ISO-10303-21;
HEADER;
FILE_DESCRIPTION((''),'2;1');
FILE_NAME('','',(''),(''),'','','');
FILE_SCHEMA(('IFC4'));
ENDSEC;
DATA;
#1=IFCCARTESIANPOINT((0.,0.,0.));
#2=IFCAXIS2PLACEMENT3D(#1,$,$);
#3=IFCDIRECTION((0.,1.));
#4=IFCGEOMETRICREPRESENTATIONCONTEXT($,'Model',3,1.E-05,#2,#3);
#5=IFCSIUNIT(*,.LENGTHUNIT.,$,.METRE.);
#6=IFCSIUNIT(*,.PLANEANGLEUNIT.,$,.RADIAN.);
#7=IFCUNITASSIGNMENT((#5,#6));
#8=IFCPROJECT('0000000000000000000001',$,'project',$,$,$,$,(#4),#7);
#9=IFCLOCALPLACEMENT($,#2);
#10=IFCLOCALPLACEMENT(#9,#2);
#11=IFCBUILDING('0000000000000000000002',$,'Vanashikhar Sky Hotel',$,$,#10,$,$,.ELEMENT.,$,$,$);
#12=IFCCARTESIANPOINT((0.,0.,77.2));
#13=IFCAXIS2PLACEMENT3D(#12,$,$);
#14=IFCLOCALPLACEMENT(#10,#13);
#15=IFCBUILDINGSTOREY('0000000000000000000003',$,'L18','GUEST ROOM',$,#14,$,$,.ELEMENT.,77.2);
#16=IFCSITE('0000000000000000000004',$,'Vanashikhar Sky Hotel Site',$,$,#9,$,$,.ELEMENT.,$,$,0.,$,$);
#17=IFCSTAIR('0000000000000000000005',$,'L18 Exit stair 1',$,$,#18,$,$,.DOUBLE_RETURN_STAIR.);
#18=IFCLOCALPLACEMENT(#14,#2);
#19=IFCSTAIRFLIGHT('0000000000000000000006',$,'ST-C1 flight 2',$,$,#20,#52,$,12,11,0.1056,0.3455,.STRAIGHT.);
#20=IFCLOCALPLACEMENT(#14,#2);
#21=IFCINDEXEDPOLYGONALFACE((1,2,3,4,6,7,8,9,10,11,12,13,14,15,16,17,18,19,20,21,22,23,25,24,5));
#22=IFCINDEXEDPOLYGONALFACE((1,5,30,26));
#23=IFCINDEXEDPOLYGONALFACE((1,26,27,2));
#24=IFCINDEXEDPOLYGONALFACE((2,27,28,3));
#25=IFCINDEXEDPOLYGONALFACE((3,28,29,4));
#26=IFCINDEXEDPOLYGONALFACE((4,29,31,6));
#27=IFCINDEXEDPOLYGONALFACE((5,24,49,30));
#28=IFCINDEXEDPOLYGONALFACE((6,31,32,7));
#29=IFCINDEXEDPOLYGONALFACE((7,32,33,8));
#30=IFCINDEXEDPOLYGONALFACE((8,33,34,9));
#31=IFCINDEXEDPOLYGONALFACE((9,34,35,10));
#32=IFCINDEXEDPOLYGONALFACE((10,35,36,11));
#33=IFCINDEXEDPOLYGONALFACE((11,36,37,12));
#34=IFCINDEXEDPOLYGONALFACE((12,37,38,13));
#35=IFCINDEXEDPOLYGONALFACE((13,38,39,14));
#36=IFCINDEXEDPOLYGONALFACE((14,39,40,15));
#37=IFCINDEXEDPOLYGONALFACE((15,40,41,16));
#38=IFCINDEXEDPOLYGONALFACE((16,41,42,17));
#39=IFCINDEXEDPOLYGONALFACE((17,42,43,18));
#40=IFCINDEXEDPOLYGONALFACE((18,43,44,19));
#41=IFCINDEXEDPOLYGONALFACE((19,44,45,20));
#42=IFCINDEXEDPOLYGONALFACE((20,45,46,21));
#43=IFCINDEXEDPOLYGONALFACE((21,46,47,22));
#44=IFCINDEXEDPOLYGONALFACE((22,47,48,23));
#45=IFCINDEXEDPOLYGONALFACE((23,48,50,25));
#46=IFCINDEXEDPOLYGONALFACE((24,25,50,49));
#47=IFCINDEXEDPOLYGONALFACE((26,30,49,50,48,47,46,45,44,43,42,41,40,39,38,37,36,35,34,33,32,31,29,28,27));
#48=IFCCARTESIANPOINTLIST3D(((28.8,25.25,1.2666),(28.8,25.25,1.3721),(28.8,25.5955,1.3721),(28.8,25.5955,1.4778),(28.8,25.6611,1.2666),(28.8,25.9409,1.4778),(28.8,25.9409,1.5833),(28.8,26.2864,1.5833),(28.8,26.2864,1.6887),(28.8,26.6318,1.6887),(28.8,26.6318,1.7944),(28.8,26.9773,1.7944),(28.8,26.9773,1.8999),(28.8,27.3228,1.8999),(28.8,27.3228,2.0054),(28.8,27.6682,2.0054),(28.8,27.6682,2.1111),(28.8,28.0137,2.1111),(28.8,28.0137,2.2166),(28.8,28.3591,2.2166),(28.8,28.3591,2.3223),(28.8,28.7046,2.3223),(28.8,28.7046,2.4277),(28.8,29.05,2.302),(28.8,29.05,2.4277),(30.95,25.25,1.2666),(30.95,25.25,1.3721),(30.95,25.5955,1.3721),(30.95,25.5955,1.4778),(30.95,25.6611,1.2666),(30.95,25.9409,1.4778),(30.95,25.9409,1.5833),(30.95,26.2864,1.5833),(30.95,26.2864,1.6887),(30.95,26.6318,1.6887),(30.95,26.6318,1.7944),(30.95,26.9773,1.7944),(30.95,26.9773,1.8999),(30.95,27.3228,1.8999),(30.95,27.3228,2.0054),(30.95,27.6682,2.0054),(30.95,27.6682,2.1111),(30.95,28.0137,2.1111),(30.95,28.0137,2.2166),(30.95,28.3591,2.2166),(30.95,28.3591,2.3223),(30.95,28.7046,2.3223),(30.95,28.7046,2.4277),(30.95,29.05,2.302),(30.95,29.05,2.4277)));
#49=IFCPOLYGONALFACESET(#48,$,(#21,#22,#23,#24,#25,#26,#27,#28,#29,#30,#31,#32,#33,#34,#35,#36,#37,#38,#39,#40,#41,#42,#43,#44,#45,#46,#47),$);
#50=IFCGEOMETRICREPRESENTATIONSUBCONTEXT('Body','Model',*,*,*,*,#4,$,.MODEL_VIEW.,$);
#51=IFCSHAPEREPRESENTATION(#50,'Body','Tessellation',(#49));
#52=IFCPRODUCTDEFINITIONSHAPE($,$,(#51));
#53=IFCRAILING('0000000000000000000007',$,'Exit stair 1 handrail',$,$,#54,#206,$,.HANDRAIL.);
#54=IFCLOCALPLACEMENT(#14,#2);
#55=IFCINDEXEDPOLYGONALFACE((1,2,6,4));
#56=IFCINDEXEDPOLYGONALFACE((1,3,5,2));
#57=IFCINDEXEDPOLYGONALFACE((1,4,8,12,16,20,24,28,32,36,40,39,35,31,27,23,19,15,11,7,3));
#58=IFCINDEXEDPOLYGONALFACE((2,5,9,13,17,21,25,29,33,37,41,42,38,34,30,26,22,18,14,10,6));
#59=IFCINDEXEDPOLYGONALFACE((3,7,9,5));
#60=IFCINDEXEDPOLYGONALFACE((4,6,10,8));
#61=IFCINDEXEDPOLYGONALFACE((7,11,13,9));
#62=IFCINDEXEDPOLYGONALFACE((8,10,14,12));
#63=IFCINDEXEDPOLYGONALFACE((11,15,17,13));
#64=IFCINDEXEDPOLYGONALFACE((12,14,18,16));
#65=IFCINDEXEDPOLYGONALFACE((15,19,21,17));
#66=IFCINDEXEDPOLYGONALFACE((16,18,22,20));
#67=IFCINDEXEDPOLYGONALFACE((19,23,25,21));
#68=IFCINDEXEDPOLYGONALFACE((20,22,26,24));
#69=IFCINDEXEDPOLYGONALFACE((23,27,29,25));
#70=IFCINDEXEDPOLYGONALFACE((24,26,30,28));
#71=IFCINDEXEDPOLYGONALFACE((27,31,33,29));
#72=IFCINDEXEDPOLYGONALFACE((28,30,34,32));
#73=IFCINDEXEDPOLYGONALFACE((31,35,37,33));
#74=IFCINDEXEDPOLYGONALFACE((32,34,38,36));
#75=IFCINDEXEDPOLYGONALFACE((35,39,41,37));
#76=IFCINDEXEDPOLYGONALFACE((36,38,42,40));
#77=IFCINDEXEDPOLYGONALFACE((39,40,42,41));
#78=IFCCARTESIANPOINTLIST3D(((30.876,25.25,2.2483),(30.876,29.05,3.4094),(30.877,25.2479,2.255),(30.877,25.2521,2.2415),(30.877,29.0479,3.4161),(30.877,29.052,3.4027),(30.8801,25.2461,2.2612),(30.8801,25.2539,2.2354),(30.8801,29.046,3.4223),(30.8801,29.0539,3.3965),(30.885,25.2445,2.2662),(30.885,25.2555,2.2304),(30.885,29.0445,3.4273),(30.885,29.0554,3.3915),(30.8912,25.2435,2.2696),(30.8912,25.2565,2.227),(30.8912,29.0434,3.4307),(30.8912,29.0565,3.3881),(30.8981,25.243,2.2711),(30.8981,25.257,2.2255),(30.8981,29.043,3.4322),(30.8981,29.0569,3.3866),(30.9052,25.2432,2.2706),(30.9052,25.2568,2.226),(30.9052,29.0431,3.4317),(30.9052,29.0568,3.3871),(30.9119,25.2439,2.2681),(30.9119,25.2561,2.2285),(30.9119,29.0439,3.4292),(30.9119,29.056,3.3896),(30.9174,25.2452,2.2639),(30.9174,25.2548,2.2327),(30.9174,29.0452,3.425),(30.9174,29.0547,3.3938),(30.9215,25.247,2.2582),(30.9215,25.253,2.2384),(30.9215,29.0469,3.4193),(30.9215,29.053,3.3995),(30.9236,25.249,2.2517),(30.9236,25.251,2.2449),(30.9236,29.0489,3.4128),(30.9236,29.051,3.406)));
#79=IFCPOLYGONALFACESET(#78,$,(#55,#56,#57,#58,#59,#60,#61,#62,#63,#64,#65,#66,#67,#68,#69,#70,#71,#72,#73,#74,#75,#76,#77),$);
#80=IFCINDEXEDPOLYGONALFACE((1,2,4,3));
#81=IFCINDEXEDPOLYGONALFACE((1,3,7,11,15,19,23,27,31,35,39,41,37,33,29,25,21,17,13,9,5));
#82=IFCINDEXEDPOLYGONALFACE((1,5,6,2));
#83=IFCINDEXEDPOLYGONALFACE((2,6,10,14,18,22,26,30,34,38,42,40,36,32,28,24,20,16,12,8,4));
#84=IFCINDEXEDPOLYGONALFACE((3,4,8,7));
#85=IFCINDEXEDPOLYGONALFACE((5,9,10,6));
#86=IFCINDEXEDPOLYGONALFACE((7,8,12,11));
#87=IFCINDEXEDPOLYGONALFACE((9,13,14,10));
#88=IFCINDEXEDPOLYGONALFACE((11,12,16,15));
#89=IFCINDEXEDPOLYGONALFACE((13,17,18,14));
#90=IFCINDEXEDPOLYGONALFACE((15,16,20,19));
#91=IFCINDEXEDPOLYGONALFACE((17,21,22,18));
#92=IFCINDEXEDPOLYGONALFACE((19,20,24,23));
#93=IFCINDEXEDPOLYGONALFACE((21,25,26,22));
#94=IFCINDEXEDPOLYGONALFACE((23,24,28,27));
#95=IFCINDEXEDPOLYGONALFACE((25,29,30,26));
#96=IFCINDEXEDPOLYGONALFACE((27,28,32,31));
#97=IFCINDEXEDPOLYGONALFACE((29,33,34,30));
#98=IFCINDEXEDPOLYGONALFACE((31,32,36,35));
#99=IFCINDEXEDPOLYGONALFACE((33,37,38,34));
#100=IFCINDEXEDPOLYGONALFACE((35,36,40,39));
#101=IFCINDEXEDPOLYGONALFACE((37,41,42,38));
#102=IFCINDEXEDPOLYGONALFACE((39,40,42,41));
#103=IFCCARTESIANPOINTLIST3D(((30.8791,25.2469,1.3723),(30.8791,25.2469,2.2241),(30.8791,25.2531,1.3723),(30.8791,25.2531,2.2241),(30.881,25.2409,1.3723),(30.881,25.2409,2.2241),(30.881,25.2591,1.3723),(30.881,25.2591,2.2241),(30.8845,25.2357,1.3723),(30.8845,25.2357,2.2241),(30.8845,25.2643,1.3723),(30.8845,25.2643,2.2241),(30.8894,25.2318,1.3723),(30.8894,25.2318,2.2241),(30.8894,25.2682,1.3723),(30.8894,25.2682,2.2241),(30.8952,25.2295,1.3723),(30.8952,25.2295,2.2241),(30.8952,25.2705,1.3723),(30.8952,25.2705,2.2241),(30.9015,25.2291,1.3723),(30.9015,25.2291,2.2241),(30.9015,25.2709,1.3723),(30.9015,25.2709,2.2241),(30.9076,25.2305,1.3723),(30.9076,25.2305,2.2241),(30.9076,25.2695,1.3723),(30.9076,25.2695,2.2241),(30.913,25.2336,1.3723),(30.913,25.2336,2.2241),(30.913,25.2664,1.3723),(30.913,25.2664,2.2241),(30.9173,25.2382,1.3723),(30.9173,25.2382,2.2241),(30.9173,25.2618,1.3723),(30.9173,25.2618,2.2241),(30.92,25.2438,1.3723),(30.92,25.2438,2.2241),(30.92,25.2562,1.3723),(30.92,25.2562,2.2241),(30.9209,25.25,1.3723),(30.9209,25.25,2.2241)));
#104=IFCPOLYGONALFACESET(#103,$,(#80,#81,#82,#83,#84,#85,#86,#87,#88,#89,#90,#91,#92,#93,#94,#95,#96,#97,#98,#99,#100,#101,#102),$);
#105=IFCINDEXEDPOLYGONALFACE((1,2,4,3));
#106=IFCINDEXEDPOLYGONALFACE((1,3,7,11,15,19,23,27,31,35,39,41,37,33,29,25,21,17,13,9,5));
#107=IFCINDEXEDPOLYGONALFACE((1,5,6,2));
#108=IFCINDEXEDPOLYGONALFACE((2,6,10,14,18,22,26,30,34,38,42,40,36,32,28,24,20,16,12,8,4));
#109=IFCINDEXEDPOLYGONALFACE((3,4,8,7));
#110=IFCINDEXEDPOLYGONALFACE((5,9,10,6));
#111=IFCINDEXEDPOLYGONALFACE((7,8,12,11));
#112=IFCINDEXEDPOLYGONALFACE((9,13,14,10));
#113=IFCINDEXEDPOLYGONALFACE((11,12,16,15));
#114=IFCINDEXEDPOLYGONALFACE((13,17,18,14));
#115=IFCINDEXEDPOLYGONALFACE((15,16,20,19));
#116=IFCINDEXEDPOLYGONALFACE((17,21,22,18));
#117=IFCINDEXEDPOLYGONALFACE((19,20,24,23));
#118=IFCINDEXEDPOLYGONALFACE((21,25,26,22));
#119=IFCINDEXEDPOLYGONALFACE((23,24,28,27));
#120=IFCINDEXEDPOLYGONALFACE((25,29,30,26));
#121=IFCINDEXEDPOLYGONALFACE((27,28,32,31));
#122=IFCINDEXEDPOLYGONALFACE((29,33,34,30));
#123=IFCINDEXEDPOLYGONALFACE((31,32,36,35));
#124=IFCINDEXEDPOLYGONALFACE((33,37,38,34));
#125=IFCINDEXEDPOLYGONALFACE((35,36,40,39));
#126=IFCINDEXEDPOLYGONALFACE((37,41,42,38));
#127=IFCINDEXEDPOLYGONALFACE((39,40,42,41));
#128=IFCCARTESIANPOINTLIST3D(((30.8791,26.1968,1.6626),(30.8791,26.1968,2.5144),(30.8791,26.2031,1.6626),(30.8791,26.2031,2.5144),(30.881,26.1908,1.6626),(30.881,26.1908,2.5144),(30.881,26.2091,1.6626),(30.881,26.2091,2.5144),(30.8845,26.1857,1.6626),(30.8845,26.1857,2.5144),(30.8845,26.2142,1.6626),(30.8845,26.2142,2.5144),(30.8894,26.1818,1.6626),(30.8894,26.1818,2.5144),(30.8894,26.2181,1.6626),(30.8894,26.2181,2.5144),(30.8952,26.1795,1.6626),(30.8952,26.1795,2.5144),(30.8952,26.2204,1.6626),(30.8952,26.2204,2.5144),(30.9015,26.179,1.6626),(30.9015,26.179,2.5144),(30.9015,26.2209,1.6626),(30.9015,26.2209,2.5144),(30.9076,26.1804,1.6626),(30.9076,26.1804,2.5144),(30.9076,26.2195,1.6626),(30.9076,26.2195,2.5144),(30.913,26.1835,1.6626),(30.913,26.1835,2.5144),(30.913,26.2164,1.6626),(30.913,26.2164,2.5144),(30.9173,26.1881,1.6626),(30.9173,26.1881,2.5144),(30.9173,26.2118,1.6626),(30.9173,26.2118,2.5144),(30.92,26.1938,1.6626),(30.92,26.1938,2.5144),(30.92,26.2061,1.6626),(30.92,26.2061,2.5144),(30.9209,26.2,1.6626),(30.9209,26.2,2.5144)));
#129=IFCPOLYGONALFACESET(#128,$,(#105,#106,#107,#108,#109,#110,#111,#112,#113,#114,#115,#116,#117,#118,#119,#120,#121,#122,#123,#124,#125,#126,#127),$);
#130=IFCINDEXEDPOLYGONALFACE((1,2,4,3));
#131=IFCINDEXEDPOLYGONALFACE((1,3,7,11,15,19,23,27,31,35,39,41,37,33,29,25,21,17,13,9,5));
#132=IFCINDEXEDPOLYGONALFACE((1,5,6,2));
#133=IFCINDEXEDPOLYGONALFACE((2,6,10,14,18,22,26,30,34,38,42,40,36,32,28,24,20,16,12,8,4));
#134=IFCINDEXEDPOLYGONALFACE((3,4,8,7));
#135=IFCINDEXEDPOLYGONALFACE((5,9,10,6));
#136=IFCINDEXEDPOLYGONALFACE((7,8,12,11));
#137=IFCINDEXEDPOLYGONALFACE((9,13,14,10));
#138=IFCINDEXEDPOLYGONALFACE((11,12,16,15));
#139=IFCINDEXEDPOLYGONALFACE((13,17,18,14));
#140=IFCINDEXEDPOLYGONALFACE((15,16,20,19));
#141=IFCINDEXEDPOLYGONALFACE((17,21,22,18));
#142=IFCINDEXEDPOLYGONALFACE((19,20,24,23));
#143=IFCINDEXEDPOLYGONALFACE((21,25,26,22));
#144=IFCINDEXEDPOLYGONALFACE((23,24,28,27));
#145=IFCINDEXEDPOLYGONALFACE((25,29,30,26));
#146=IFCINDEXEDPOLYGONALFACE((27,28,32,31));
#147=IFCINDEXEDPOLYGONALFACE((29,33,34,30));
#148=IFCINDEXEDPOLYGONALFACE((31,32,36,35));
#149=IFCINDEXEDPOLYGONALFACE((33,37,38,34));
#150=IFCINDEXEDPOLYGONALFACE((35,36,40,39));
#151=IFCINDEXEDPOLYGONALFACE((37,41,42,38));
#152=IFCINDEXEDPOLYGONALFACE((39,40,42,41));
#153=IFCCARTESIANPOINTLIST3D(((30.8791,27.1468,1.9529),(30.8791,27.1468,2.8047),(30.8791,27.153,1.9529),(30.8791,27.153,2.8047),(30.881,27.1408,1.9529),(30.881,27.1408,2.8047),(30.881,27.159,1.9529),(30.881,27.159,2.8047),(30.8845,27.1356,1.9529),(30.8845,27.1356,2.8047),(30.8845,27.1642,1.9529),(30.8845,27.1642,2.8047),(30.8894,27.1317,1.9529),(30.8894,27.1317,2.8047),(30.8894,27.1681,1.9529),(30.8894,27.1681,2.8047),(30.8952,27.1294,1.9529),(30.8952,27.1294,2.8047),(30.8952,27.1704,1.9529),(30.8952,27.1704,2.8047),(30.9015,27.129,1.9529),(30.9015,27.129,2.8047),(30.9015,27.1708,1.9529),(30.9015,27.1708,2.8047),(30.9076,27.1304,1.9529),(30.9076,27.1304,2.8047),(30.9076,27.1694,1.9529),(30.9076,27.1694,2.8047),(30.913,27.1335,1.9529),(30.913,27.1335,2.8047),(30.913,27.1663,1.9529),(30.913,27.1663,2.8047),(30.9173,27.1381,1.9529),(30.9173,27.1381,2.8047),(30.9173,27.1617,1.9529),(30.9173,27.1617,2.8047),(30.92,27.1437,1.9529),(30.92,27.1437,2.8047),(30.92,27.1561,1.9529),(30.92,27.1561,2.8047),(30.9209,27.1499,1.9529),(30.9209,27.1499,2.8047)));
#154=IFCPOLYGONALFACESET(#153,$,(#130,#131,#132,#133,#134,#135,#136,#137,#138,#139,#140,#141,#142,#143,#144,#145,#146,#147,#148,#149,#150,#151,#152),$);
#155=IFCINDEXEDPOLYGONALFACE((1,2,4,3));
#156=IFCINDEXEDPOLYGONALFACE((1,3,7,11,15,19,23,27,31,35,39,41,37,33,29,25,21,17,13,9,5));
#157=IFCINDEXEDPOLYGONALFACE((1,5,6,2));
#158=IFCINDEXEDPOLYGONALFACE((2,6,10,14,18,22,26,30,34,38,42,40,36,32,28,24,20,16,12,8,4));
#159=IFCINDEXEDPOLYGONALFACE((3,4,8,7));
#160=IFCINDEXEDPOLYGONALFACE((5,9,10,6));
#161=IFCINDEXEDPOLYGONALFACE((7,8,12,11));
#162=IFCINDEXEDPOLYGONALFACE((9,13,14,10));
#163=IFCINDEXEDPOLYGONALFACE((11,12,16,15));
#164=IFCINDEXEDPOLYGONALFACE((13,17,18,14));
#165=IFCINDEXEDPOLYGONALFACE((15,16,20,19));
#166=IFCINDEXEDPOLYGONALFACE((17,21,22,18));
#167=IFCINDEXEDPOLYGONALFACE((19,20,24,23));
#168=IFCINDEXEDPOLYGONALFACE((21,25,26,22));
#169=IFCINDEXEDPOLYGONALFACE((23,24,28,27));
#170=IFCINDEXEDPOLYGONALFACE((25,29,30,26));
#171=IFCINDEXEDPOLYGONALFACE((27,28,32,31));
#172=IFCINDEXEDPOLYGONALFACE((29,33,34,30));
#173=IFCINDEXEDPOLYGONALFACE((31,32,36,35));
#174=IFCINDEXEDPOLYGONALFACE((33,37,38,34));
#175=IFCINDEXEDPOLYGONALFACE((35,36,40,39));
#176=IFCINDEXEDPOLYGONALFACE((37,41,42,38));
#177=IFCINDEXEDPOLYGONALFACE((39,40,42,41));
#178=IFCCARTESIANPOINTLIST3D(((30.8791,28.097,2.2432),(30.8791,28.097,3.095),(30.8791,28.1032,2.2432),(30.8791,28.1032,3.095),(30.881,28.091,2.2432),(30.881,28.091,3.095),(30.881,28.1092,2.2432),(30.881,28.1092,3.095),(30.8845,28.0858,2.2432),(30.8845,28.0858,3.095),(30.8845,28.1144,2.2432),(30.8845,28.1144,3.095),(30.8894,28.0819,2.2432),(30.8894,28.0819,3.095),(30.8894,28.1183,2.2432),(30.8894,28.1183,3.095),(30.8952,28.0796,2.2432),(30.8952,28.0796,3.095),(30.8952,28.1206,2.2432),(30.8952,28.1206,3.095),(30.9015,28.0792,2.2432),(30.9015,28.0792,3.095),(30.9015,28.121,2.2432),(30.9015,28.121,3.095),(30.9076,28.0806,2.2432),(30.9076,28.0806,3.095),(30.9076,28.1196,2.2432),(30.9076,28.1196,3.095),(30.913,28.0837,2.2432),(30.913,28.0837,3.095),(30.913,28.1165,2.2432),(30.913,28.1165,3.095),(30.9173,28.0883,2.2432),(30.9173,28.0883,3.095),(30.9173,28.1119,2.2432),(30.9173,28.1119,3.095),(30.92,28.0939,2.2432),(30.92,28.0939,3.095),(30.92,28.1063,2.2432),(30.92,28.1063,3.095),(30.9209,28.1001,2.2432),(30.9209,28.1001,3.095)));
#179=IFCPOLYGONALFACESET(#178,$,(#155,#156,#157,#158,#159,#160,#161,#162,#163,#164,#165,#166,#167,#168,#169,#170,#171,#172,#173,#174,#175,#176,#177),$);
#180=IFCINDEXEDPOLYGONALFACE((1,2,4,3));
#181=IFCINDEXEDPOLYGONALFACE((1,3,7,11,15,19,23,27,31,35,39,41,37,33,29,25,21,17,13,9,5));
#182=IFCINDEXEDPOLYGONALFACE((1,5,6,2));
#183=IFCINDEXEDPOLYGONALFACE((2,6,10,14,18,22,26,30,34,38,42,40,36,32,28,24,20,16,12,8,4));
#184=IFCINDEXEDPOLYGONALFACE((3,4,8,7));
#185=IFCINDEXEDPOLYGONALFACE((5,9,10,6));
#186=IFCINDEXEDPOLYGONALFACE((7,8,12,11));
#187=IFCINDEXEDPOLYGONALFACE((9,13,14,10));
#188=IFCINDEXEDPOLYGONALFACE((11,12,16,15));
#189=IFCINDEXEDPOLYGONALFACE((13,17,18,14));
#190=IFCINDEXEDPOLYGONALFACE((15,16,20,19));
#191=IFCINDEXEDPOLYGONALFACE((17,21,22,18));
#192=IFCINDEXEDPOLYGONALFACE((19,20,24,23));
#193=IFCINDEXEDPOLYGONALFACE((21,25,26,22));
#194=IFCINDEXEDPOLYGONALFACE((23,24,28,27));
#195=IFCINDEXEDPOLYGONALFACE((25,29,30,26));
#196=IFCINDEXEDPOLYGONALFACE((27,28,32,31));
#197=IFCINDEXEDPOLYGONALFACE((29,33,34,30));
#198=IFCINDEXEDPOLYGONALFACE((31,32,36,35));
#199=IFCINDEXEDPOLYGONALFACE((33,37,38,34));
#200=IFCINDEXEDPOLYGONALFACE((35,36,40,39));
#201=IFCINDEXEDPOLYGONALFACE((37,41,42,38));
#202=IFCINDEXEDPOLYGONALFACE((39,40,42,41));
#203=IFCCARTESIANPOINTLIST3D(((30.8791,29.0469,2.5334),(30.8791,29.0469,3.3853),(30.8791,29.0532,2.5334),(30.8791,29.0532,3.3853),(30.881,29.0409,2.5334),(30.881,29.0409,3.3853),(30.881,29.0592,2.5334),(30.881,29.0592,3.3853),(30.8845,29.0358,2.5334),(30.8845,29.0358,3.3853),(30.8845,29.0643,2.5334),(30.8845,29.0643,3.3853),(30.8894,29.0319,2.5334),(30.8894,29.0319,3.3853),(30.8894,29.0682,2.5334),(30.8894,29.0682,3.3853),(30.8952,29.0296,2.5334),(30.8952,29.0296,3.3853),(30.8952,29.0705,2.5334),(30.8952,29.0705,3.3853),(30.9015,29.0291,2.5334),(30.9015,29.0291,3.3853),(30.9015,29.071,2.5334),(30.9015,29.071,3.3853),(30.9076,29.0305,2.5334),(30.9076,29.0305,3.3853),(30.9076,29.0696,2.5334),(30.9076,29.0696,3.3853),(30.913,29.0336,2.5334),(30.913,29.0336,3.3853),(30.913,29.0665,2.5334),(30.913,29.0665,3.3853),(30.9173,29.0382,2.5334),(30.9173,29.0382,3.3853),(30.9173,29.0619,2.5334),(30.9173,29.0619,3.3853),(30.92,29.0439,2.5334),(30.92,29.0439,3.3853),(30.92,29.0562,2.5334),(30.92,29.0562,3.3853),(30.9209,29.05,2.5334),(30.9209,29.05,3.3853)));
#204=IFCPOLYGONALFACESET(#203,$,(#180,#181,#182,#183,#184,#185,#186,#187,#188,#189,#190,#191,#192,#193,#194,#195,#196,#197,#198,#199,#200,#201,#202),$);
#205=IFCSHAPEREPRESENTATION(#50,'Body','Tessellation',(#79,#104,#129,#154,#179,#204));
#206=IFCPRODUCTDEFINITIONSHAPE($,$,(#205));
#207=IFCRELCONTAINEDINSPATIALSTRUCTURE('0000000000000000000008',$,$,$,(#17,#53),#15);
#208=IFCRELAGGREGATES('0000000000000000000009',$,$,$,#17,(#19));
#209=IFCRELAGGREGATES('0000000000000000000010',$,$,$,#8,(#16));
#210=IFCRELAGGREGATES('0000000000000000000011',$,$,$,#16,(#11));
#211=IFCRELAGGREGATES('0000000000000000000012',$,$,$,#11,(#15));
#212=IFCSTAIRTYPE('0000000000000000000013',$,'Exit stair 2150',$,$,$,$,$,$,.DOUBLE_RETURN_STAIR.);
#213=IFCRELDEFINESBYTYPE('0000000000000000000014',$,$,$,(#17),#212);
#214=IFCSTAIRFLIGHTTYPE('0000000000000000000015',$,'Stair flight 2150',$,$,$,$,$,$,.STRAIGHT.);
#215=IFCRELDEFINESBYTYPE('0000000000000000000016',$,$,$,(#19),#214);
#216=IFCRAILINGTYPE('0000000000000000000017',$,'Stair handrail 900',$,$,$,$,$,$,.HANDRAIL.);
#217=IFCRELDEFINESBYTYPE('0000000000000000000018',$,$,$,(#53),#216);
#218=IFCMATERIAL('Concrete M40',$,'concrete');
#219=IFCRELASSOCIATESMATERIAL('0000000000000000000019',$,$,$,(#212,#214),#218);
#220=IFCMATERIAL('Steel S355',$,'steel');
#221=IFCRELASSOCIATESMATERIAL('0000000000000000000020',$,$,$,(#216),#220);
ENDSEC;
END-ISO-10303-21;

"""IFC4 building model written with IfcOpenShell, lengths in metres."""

from ifc_helpers import new_model, si_unit, direction, frame, origin, origin_2d, place, context, subcontext, project, spatial, polyline, circle, outline, extrude, source, transform, mapped, material, type_object, element, aggregate, save


model = new_model("IFC4")

# Units and contexts
model_context = context("Model", 3, precision=1e-05, world=origin(), true_north=direction((0.0, 1.0)))
body_context = subcontext(model_context, "Body", "Model", "MODEL_VIEW")
ifc_project = project(units=[si_unit("LENGTHUNIT", "METRE"), si_unit("PLANEANGLEUNIT", "RADIAN")], contexts=[model_context])

# Site, building, storey
site_placement = place(None, origin())
site = spatial("IfcSite", under=ifc_project, at=site_placement, Name="Vanashikhar Sky Hotel Site", CompositionType="ELEMENT", RefElevation=0.0)
building_placement = place(site_placement, origin())
building = spatial("IfcBuilding", under=site, at=building_placement, Name="Vanashikhar Sky Hotel", CompositionType="ELEMENT")
storey_placement = place(building_placement, frame((0.0, 0.0, 77.2)))
storey = spatial("IfcBuildingStorey", under=building, at=storey_placement, Name="L18", Description="GUEST ROOM", CompositionType="ELEMENT", Elevation=77.2)

# Stair, stair flight
ifc_material_1 = material(Name="Concrete M40", Category="concrete")
stair_type = type_object("IfcStairType", Name="Exit stair 2150", PredefinedType="DOUBLE_RETURN_STAIR", material=ifc_material_1)
stair_placement = place(storey_placement, origin())
stair = element("IfcStair", 1, at=stair_placement, inside=storey, type_object=stair_type, Name="L18 Exit stair 1", PredefinedType="DOUBLE_RETURN_STAIR")
stair_flight_type = type_object("IfcStairFlightType", Name="Stair flight 2150", PredefinedType="STRAIGHT", material=ifc_material_1)
shared_shape_1 = source(origin(), body_context, "Body", "SweptSolid", [
    extrude(outline(polyline([(0.0, 0.0), (0.0, 0.1055), (0.3455, 0.1055), (0.3455, 0.2112), (0.6909, 0.2112), (0.6909, 0.3167), (1.0364, 0.3167), (1.0364, 0.4221), (1.3818, 0.4221), (1.3818, 0.5278), (1.7273, 0.5278), (1.7273, 0.6333), (2.0728, 0.6333), (2.0728, 0.7388), (2.4182, 0.7388), (2.4182, 0.8445), (2.7637, 0.8445), (2.7637, 0.95), (3.1091, 0.95), (3.1091, 1.0557), (3.4546, 1.0557), (3.4546, 1.1611), (3.8, 1.1611), (3.8, 1.2666), (3.8, 1.0354), (0.4111, 0.0), (0.0, 0.0)])), frame((0.0, 1.075, 0.0), z_axis=(0.0, -1.0, 0.0), x_axis=(1.0, 0.0, 0.0)), (0.0, 0.0, 1.0), 2.1499),
])
stair_flight_placement = place(storey_placement, frame((29.875, 25.25, 1.2666), z_axis=(0.0, 0.0, 1.0), x_axis=(0.0, 1.0, 0.0)))
stair_flight = element("IfcStairFlight", 2, at=stair_flight_placement, type_object=stair_flight_type, Name="ST-C1 flight 2", NumberOfRisers=12, NumberOfTreads=11, PredefinedType="STRAIGHT", RiserHeight=0.1056, TreadLength=0.3455, context=body_context, shape_type="MappedRepresentation", body=[
    mapped(shared_shape_1, transform((0.0, 0.0, 0.0), scale=1.0)),
])
aggregate(stair, [stair_flight])

# Railing
ifc_material_2 = material(Name="Steel S355", Category="steel")
railing_type = type_object("IfcRailingType", Name="Stair handrail 900", PredefinedType="HANDRAIL", material=ifc_material_2)
shared_shape_2 = source(origin(), body_context, "Body", "SweptSolid", [
    extrude(circle(Radius=0.0239, at=origin_2d()), frame((0.0, 0.0, 0.876), z_axis=(0.0, 0.956351, 0.29222), x_axis=(-1.0, 0.0, 0.0)), (0.0, 0.0, 1.0), 3.9734),
    extrude(circle(Radius=0.021, at=origin_2d()), origin(), (0.0, 0.0, 1.0), 0.8518),
    extrude(circle(Radius=0.021, at=origin_2d()), frame((0.0, 0.95, 0.2903)), (0.0, 0.0, 1.0), 0.8518),
    extrude(circle(Radius=0.021, at=origin_2d()), frame((0.0, 1.8999, 0.5806)), (0.0, 0.0, 1.0), 0.8518),
    extrude(circle(Radius=0.021, at=origin_2d()), frame((0.0, 2.8501, 0.8708)), (0.0, 0.0, 1.0), 0.8518),
    extrude(circle(Radius=0.021, at=origin_2d()), frame((0.0, 3.8, 1.1611)), (0.0, 0.0, 1.0), 0.8518),
])
railing_placement = place(storey_placement, frame((30.8999, 25.25, 1.3723)))
element("IfcRailing", 3, at=railing_placement, inside=storey, type_object=railing_type, Name="Exit stair 1 handrail", PredefinedType="HANDRAIL", context=body_context, shape_type="MappedRepresentation", body=[
    mapped(shared_shape_2, transform((0.0, 0.0, 0.0), scale=1.0)),
])

save(model, "model.ifc")
